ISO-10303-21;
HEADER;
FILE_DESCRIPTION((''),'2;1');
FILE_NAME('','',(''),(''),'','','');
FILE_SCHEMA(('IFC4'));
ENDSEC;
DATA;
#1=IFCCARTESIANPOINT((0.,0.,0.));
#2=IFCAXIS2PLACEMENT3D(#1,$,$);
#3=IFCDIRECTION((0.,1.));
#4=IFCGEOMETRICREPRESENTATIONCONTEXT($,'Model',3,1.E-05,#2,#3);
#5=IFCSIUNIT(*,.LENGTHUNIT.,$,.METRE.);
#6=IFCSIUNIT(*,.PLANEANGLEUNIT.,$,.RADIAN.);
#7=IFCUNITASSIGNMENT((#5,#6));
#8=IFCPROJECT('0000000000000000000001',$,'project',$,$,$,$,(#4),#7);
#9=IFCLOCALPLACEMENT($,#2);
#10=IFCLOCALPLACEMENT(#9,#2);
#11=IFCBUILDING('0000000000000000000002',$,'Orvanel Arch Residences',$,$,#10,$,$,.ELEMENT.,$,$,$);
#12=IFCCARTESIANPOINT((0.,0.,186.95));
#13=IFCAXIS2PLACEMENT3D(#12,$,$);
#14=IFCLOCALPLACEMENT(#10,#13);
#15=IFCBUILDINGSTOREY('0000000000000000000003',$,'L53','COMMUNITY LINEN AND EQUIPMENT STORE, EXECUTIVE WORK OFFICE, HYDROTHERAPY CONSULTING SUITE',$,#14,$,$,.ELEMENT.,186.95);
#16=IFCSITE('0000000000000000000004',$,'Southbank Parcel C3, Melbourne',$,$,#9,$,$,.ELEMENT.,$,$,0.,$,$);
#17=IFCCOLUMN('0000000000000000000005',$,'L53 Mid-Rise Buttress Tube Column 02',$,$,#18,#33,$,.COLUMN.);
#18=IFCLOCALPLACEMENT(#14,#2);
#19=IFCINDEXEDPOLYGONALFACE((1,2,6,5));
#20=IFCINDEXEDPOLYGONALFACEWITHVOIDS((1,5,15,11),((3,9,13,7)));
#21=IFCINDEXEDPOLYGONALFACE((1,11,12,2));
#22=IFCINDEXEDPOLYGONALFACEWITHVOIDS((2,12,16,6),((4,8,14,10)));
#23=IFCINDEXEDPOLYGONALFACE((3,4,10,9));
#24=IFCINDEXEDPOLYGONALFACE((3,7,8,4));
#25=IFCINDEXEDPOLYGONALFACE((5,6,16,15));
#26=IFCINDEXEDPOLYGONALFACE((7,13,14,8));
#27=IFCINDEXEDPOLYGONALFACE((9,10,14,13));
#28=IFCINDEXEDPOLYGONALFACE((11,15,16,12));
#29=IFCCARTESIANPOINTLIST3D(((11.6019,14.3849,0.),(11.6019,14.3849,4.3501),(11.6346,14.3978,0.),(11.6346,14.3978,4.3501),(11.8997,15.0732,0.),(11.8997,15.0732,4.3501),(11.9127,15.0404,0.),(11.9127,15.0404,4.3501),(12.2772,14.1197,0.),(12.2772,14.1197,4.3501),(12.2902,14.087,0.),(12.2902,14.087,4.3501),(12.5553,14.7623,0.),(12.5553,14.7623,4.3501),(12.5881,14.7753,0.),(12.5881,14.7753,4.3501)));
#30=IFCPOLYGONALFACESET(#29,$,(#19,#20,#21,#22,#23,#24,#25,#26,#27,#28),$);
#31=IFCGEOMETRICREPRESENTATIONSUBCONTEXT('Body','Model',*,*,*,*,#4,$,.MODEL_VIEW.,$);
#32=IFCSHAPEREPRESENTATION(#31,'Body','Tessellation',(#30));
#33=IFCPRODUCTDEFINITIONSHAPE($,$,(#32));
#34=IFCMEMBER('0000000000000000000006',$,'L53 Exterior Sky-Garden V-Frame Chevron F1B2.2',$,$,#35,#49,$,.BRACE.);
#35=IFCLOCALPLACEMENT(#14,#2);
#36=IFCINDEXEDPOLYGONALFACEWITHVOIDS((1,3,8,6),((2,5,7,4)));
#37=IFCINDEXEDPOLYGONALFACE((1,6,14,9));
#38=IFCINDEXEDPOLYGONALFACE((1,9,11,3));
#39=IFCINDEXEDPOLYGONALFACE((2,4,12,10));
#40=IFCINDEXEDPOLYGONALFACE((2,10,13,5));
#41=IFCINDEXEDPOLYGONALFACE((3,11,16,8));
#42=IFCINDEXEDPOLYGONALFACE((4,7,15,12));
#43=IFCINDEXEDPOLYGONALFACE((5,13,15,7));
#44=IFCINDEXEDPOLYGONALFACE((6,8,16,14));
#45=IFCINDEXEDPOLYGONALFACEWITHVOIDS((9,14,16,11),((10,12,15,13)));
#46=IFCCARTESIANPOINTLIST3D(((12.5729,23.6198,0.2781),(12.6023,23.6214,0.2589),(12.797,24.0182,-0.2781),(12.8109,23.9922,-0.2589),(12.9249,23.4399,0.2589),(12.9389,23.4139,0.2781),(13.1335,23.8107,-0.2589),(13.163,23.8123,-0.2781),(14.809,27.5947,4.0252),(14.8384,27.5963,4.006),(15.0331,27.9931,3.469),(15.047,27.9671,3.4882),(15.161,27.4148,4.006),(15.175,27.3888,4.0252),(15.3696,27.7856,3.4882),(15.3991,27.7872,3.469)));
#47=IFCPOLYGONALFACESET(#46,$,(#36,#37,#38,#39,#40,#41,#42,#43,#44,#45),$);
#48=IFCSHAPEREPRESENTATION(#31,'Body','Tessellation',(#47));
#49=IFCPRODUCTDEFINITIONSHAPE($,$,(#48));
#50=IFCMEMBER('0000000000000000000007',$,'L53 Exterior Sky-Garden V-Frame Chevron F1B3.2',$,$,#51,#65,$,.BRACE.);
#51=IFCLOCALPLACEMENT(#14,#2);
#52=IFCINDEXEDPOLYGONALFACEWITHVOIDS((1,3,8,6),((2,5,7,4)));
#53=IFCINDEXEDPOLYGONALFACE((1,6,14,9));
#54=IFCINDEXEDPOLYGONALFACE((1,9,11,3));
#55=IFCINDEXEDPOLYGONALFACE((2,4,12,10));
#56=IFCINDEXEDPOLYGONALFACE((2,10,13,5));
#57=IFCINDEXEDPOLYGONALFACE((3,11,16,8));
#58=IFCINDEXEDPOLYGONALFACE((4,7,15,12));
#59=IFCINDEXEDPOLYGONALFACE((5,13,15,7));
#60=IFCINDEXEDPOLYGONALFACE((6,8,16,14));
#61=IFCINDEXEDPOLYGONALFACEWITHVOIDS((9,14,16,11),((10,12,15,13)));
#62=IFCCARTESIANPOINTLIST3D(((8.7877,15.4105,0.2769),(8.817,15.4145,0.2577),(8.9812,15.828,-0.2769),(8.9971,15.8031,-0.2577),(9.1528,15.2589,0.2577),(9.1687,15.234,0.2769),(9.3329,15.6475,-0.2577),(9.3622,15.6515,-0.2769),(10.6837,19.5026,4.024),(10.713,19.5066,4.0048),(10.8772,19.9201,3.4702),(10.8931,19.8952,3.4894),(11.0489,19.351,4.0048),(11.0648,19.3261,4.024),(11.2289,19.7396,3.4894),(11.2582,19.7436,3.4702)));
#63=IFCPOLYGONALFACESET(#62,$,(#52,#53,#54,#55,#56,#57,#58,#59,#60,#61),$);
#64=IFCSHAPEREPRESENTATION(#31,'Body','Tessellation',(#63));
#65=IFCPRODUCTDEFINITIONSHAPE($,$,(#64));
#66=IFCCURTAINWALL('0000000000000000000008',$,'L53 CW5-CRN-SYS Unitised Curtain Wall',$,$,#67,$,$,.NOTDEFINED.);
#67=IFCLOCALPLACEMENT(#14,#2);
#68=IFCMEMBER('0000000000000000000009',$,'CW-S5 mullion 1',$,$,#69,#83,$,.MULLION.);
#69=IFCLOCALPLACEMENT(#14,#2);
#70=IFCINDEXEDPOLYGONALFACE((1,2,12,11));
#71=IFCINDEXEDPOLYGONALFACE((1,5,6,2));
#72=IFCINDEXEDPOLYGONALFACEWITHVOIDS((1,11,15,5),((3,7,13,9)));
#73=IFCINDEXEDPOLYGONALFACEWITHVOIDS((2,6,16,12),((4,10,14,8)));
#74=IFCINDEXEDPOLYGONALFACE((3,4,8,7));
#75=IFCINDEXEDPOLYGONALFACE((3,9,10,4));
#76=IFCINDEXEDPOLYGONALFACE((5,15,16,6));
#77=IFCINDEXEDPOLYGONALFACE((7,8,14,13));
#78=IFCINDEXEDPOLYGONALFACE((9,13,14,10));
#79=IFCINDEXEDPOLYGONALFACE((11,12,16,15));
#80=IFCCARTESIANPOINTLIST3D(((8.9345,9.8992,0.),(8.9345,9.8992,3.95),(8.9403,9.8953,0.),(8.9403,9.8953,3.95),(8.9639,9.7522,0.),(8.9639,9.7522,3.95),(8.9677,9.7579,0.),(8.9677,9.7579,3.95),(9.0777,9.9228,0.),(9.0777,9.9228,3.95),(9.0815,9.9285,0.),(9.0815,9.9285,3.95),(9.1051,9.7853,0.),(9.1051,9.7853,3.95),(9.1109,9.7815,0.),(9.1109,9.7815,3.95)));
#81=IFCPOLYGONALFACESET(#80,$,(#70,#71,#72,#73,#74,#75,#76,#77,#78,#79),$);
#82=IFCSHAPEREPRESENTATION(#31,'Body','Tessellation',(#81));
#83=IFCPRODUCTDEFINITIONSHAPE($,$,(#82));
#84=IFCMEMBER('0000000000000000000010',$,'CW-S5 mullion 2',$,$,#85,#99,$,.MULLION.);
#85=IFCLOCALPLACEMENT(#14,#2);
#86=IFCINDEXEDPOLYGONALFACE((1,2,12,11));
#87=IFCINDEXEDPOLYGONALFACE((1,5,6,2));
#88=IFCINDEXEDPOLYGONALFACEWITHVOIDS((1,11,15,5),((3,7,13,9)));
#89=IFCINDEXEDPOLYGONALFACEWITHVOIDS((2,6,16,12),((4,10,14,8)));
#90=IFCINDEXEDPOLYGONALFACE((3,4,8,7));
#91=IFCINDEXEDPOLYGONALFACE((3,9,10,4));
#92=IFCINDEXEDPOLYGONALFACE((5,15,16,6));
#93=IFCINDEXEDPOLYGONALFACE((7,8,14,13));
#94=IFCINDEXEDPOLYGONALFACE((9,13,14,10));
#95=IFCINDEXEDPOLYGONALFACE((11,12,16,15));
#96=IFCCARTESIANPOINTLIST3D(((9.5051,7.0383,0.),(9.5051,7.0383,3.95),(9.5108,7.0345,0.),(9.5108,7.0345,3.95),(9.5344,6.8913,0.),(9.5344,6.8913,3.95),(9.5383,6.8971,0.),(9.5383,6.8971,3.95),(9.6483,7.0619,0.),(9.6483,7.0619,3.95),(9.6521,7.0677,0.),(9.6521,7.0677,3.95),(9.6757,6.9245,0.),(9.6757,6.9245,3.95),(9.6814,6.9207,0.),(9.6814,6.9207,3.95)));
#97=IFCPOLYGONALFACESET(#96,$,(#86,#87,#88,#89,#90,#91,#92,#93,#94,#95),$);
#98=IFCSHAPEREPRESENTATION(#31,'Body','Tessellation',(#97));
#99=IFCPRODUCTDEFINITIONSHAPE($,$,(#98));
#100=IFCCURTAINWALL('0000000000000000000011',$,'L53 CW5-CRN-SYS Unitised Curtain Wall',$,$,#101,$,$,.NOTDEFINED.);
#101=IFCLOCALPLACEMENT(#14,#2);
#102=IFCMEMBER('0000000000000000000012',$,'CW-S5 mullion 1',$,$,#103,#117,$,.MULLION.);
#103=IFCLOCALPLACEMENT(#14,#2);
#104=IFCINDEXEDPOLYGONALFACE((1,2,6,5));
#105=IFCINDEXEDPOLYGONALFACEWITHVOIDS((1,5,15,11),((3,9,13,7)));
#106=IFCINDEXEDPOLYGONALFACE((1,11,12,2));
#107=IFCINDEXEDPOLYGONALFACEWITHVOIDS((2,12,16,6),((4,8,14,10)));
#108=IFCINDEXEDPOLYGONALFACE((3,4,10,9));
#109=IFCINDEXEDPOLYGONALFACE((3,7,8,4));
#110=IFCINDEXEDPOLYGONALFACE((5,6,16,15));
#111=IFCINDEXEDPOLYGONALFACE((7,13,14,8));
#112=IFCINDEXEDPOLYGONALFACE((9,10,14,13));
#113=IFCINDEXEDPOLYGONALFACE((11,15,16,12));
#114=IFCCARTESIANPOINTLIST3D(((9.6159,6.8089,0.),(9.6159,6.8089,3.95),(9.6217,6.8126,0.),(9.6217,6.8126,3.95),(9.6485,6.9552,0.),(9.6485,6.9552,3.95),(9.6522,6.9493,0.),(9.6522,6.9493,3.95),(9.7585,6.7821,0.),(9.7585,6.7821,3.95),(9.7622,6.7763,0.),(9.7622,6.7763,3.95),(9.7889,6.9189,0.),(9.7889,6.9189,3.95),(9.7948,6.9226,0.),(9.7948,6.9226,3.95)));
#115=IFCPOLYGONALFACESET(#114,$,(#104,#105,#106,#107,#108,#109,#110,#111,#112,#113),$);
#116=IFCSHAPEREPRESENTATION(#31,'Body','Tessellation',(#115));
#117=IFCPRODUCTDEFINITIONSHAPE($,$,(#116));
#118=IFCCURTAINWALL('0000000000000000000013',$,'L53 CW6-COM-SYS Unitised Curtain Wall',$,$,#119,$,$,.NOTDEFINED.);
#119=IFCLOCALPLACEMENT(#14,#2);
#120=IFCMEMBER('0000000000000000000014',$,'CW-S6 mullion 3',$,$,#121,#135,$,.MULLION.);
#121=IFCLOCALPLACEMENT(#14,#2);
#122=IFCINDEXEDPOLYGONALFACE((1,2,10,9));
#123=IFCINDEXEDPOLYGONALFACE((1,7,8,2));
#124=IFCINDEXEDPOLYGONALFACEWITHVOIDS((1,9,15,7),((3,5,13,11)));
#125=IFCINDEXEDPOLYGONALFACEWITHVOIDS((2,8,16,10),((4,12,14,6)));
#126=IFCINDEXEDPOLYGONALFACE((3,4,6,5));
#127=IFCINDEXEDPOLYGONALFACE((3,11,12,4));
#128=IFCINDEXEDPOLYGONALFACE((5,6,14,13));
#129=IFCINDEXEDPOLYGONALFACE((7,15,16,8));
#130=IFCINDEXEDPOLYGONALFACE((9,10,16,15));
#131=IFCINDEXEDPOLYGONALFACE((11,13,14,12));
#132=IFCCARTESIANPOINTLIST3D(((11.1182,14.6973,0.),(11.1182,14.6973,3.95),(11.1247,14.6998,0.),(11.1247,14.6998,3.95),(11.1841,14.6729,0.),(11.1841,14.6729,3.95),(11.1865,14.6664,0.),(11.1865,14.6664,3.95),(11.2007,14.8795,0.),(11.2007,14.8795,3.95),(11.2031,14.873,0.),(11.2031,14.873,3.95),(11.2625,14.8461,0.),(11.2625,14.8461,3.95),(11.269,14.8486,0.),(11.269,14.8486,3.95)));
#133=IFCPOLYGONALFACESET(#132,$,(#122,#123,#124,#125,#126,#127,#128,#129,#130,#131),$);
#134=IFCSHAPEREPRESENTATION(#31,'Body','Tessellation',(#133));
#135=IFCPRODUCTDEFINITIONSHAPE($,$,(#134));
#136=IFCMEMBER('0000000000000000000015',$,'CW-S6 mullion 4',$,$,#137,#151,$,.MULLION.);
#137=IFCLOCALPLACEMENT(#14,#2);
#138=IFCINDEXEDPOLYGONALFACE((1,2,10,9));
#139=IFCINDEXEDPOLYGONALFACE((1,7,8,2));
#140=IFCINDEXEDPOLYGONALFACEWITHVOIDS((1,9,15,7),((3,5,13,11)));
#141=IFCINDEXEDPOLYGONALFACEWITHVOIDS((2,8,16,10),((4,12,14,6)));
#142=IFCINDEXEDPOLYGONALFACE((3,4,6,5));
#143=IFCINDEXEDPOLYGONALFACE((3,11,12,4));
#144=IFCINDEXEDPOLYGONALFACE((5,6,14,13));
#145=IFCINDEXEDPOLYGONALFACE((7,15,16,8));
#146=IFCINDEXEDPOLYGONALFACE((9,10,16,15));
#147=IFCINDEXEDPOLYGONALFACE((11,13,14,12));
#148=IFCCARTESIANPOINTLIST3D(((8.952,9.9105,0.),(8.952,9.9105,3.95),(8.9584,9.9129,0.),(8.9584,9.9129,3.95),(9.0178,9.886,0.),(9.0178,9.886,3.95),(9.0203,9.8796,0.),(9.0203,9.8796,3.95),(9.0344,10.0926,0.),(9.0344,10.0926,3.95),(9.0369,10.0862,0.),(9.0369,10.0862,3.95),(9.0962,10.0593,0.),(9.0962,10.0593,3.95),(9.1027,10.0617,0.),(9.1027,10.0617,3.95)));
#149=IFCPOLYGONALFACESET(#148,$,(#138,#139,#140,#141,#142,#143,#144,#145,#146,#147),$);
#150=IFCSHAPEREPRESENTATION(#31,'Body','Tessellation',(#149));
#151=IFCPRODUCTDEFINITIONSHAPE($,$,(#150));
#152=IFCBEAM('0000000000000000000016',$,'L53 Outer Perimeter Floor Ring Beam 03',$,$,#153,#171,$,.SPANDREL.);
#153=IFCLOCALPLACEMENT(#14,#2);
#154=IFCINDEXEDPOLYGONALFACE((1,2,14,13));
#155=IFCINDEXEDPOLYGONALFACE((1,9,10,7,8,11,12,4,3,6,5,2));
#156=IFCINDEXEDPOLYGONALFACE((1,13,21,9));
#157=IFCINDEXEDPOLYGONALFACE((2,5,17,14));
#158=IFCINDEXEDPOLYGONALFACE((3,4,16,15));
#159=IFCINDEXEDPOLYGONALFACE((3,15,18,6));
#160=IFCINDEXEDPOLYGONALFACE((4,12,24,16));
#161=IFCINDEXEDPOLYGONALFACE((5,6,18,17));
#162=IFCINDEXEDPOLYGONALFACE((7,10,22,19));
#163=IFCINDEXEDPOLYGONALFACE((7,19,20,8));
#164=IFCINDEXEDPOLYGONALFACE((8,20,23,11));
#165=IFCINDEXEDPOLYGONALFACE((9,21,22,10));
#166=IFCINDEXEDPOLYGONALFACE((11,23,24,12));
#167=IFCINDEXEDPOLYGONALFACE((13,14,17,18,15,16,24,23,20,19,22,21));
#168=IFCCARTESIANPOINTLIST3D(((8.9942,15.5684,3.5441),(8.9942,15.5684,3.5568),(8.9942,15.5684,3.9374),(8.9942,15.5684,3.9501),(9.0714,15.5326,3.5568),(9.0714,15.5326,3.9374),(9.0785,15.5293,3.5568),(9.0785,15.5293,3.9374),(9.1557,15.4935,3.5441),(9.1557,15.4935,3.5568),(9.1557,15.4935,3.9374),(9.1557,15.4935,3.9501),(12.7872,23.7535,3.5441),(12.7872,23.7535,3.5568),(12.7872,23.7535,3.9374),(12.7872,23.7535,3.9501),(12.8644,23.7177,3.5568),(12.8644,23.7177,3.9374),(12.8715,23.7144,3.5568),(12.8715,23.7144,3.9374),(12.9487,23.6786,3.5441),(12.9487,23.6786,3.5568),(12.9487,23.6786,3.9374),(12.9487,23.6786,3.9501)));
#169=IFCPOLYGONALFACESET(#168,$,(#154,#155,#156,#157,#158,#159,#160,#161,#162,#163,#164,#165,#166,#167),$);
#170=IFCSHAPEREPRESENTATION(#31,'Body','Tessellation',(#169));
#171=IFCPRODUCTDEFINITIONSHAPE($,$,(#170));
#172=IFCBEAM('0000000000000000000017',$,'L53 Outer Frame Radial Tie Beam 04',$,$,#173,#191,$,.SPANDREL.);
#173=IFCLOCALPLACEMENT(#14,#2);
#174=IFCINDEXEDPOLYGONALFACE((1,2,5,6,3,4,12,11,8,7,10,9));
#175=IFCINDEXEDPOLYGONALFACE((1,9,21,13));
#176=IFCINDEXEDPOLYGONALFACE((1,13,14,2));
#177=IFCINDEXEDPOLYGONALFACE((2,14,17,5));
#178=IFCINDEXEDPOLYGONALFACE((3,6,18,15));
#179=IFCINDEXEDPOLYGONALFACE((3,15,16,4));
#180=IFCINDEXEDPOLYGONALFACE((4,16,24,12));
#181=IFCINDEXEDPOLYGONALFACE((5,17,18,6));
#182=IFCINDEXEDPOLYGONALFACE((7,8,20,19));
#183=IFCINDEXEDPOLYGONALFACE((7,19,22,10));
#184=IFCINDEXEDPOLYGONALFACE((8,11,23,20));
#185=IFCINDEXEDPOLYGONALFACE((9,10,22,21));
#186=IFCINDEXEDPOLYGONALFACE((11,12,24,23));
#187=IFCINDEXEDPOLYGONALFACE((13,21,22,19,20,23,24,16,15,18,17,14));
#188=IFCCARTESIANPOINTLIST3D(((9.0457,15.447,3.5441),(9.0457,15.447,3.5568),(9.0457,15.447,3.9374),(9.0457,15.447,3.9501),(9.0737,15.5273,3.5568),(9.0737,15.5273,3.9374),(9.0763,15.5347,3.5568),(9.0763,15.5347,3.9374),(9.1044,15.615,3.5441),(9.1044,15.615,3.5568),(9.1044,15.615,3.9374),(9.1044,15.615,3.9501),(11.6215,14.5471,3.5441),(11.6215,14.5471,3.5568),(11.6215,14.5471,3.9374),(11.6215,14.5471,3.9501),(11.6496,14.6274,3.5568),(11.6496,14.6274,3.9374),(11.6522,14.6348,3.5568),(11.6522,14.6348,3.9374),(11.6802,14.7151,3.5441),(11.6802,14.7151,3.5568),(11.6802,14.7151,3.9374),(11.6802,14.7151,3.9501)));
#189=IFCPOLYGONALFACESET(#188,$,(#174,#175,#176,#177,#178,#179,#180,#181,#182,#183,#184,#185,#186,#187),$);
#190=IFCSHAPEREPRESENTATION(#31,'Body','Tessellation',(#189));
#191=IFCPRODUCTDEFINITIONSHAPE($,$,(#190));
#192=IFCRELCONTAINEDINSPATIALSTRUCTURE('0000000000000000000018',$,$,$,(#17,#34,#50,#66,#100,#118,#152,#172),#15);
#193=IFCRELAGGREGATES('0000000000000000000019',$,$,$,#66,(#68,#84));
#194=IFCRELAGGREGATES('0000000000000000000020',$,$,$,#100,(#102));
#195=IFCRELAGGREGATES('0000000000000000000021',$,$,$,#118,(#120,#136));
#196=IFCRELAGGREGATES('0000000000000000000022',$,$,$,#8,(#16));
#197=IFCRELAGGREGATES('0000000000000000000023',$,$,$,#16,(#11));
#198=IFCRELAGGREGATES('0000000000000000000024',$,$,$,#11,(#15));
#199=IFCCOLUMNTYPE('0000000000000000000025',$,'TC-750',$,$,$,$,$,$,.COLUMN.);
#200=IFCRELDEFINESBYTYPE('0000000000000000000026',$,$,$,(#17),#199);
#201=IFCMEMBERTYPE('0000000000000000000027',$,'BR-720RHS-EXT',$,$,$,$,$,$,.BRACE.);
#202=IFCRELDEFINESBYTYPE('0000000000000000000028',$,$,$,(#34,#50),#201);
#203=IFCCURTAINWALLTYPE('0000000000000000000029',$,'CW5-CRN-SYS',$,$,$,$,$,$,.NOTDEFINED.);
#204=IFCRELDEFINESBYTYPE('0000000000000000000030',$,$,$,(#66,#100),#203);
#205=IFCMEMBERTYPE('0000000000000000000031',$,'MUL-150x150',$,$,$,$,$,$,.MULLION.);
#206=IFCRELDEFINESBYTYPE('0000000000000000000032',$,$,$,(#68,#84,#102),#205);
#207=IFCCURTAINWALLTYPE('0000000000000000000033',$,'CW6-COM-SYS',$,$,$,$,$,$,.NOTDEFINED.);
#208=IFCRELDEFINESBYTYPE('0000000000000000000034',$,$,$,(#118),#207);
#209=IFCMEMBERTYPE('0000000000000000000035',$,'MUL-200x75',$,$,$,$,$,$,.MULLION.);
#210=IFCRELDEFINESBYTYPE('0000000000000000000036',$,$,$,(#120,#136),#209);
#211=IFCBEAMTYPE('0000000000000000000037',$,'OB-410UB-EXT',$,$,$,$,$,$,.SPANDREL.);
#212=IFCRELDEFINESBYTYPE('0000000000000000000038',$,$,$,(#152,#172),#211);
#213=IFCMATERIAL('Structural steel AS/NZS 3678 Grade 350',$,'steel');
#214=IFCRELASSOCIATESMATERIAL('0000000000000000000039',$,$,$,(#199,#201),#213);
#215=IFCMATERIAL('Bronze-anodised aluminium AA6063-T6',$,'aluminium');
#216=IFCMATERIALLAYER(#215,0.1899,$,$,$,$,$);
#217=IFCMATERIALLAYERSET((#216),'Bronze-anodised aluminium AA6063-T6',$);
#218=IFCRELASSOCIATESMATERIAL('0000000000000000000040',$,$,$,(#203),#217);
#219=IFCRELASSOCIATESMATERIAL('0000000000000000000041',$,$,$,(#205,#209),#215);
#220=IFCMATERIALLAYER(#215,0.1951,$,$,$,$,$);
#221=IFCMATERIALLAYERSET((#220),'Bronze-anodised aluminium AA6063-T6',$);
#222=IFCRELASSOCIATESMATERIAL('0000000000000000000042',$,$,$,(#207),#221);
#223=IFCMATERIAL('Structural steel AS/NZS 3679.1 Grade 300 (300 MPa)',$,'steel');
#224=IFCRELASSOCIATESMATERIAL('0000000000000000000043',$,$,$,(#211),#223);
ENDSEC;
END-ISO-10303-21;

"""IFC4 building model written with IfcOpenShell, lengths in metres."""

from ifc_helpers import new_model, si_unit, direction, frame, origin, origin_2d, place, context, subcontext, project, spatial, hollow_rectangle, i_section, extrude, material, layer, layer_set, material_profile, profile_set, type_object, element, aggregate, save


model = new_model("IFC4")

# Units and contexts
model_context = context("Model", 3, precision=1e-05, world=origin(), true_north=direction((0.0, 1.0)))
body_context = subcontext(model_context, "Body", "Model", "MODEL_VIEW")
ifc_project = project(units=[si_unit("LENGTHUNIT", "METRE"), si_unit("PLANEANGLEUNIT", "RADIAN")], contexts=[model_context])

# Site, building, storey
site_placement = place(None, origin())
site = spatial("IfcSite", under=ifc_project, at=site_placement, Name="Southbank Parcel C3, Melbourne", CompositionType="ELEMENT", RefElevation=0.0)
building_placement = place(site_placement, origin())
building = spatial("IfcBuilding", under=site, at=building_placement, Name="Orvanel Arch Residences", CompositionType="ELEMENT")
storey_placement = place(building_placement, frame((0.0, 0.0, 186.95)))
storey = spatial("IfcBuildingStorey", under=building, at=storey_placement, Name="L53", Description="COMMUNITY LINEN AND EQUIPMENT STORE, EXECUTIVE WORK OFFICE, HYDROTHERAPY CONSULTING SUITE", CompositionType="ELEMENT", Elevation=186.95)

# Column
ifc_material_1 = material(Name="Structural steel AS/NZS 3678 Grade 350", Category="steel")
ifc_material_profile_1 = material_profile(ifc_material_1, hollow_rectangle(XDim=0.75, YDim=0.75, WallThickness=0.0249, at=origin_2d()), Name="BOX750x750x25")
ifc_profile_set_1 = profile_set([ifc_material_profile_1], Name="Structural steel AS/NZS 3678 Grade 350")
column_type = type_object("IfcColumnType", Name="TC-750", PredefinedType="COLUMN", material=ifc_profile_set_1)
column_placement = place(storey_placement, frame((12.095, 14.5801, 0.0), z_axis=(0.0, 0.0, 1.0), x_axis=(0.397148, 0.917755, 0.0)))
element("IfcColumn", 1, at=column_placement, inside=storey, type_object=column_type, Name="L53 Mid-Rise Buttress Tube Column 02", PredefinedType="COLUMN", context=body_context, shape_type="SweptSolid", body=[
    extrude(hollow_rectangle(XDim=0.75, YDim=0.75, WallThickness=0.0249, at=origin_2d()), origin(), (0.0, 0.0, 1.0), 4.3501),
])

# Members
ifc_material_profile_2 = material_profile(ifc_material_1, hollow_rectangle(XDim=0.4199, YDim=0.72, WallThickness=0.0249, at=origin_2d()), Name="RHS720x420x25")
ifc_profile_set_2 = profile_set([ifc_material_profile_2], Name="Structural steel AS/NZS 3678 Grade 350")
member_type_1 = type_object("IfcMemberType", Name="BR-720RHS-EXT", PredefinedType="BRACE", material=ifc_profile_set_2)
member_1_placement = place(storey_placement, frame((12.8679, 23.7161, 0.0), z_axis=(0.378834, 0.673413, 0.634823), x_axis=(-0.871554, 0.490299, 0.0)))
element("IfcMember", 2, at=member_1_placement, inside=storey, type_object=member_type_1, Name="L53 Exterior Sky-Garden V-Frame Chevron F1B2.2", PredefinedType="BRACE", context=body_context, shape_type="SweptSolid", body=[
    extrude(hollow_rectangle(XDim=0.4199, YDim=0.72, WallThickness=0.0249, at=origin_2d()), origin(), (0.0, 0.0, 1.0), 5.9026),
])
member_2_placement = place(storey_placement, frame((9.075, 15.531, 0.0), z_axis=(0.323358, 0.697889, 0.639055), x_axis=(-0.907337, 0.420403, 0.0)))
element("IfcMember", 3, at=member_2_placement, inside=storey, type_object=member_type_1, Name="L53 Exterior Sky-Garden V-Frame Chevron F1B3.2", PredefinedType="BRACE", context=body_context, shape_type="SweptSolid", body=[
    extrude(hollow_rectangle(XDim=0.4199, YDim=0.72, WallThickness=0.0249, at=origin_2d()), origin(), (0.0, 0.0, 1.0), 5.8635),
])

# Curtain wall, members
ifc_material_2 = material(Name="Bronze-anodised aluminium AA6063-T6", Category="aluminium")
ifc_layer_1 = layer(ifc_material_2, 0.1899)
ifc_layer_set_1 = layer_set([ifc_layer_1], Name="Bronze-anodised aluminium AA6063-T6")
curtain_wall_type_1 = type_object("IfcCurtainWallType", Name="CW5-CRN-SYS", PredefinedType="NOTDEFINED", material=ifc_layer_set_1)
curtain_wall_1_placement = place(storey_placement, origin())
curtain_wall_1 = element("IfcCurtainWall", 4, at=curtain_wall_1_placement, inside=storey, type_object=curtain_wall_type_1, Name="L53 CW5-CRN-SYS Unitised Curtain Wall", PredefinedType="NOTDEFINED")
ifc_material_profile_3 = material_profile(ifc_material_2, hollow_rectangle(XDim=0.1499, YDim=0.1499, WallThickness=0.0049, at=origin_2d()), Name="ALU150x150x5")
ifc_profile_set_3 = profile_set([ifc_material_profile_3], Name="Bronze-anodised aluminium AA6063-T6")
member_type_2 = type_object("IfcMemberType", Name="MUL-150x150", PredefinedType="MULLION", material=ifc_profile_set_3)
member_3_placement = place(storey_placement, frame((9.0227, 9.8403, 0.0), z_axis=(0.0, 0.0, 1.0), x_axis=(0.980681, 0.195615, 0.0)))
member_3 = element("IfcMember", 5, at=member_3_placement, type_object=member_type_2, Name="CW-S5 mullion 1", PredefinedType="MULLION", context=body_context, shape_type="SweptSolid", body=[
    extrude(hollow_rectangle(XDim=0.1499, YDim=0.1499, WallThickness=0.0049, at=origin_2d()), origin(), (0.0, 0.0, 1.0), 3.95),
])
member_4_placement = place(storey_placement, frame((9.5933, 6.9795, 0.0), z_axis=(0.0, 0.0, 1.0), x_axis=(0.980681, 0.195615, 0.0)))
member_4 = element("IfcMember", 6, at=member_4_placement, type_object=member_type_2, Name="CW-S5 mullion 2", PredefinedType="MULLION", context=body_context, shape_type="SweptSolid", body=[
    extrude(hollow_rectangle(XDim=0.1499, YDim=0.1499, WallThickness=0.0049, at=origin_2d()), origin(), (0.0, 0.0, 1.0), 3.95),
])

# Curtain wall, member
curtain_wall_2_placement = place(storey_placement, origin())
curtain_wall_2 = element("IfcCurtainWall", 7, at=curtain_wall_2_placement, inside=storey, type_object=curtain_wall_type_1, Name="L53 CW5-CRN-SYS Unitised Curtain Wall", PredefinedType="NOTDEFINED")
member_5_placement = place(storey_placement, frame((9.7053, 6.8657, 0.0), z_axis=(0.0, 0.0, 1.0), x_axis=(0.217345, 0.976095, 0.0)))
member_5 = element("IfcMember", 8, at=member_5_placement, type_object=member_type_2, Name="CW-S5 mullion 1", PredefinedType="MULLION", context=body_context, shape_type="SweptSolid", body=[
    extrude(hollow_rectangle(XDim=0.1499, YDim=0.1499, WallThickness=0.0049, at=origin_2d()), origin(), (0.0, 0.0, 1.0), 3.95),
])

# Curtain wall, members
ifc_layer_2 = layer(ifc_material_2, 0.1951)
ifc_layer_set_2 = layer_set([ifc_layer_2], Name="Bronze-anodised aluminium AA6063-T6")
curtain_wall_type_2 = type_object("IfcCurtainWallType", Name="CW6-COM-SYS", PredefinedType="NOTDEFINED", material=ifc_layer_set_2)
curtain_wall_3_placement = place(storey_placement, origin())
curtain_wall_3 = element("IfcCurtainWall", 9, at=curtain_wall_3_placement, inside=storey, type_object=curtain_wall_type_2, Name="L53 CW6-COM-SYS Unitised Curtain Wall", PredefinedType="NOTDEFINED")
ifc_material_profile_4 = material_profile(ifc_material_2, hollow_rectangle(XDim=0.075, YDim=0.2, WallThickness=0.0049, at=origin_2d()), Name="ALU200x75x5")
ifc_profile_set_4 = profile_set([ifc_material_profile_4], Name="Bronze-anodised aluminium AA6063-T6")
member_type_3 = type_object("IfcMemberType", Name="MUL-200x75", PredefinedType="MULLION", material=ifc_profile_set_4)
member_6_placement = place(storey_placement, frame((11.1936, 14.7729, 0.0), z_axis=(0.0, 0.0, 1.0), x_axis=(0.911056, -0.412284, 0.0)))
member_6 = element("IfcMember", 10, at=member_6_placement, type_object=member_type_3, Name="CW-S6 mullion 3", PredefinedType="MULLION", context=body_context, shape_type="SweptSolid", body=[
    extrude(hollow_rectangle(XDim=0.075, YDim=0.2, WallThickness=0.0049, at=origin_2d()), origin(), (0.0, 0.0, 1.0), 3.95),
])
member_7_placement = place(storey_placement, frame((9.0273, 9.9861, 0.0), z_axis=(0.0, 0.0, 1.0), x_axis=(0.911056, -0.412284, 0.0)))
member_7 = element("IfcMember", 11, at=member_7_placement, type_object=member_type_3, Name="CW-S6 mullion 4", PredefinedType="MULLION", context=body_context, shape_type="SweptSolid", body=[
    extrude(hollow_rectangle(XDim=0.075, YDim=0.2, WallThickness=0.0049, at=origin_2d()), origin(), (0.0, 0.0, 1.0), 3.95),
])

# Beams
ifc_material_3 = material(Name="Structural steel AS/NZS 3679.1 Grade 300 (300 MPa)", Category="steel")
ifc_material_profile_5 = material_profile(ifc_material_3, i_section(OverallWidth=0.178, OverallDepth=0.406, WebThickness=0.0078, FlangeThickness=0.0127, at=origin_2d()), Name="410UB59.7")
ifc_profile_set_5 = profile_set([ifc_material_profile_5], Name="Structural steel AS/NZS 3679.1 Grade 300 (300 MPa)")
beam_type_1 = type_object("IfcBeamType", Name="OB-410UB-EXT", PredefinedType="SPANDREL", material=ifc_profile_set_5)
beam_1_placement = place(storey_placement, frame((12.8679, 23.7161, 3.7471), z_axis=(-0.420451, -0.907315, 0.0), x_axis=(0.907315, -0.420451, 0.0)))
element("IfcBeam", 12, at=beam_1_placement, inside=storey, type_object=beam_type_1, Name="L53 Outer Perimeter Floor Ring Beam 03", PredefinedType="SPANDREL", context=body_context, shape_type="SweptSolid", body=[
    extrude(i_section(OverallWidth=0.178, OverallDepth=0.406, WebThickness=0.0078, FlangeThickness=0.0127, at=origin_2d()), origin(), (0.0, 0.0, 1.0), 9.0212),
])
beam_2_placement = place(storey_placement, frame((11.6509, 14.6311, 3.7471), z_axis=(-0.944049, 0.329804, 0.0), x_axis=(-0.329804, -0.944049, 0.0)))
element("IfcBeam", 13, at=beam_2_placement, inside=storey, type_object=beam_type_1, Name="L53 Outer Frame Radial Tie Beam 04", PredefinedType="SPANDREL", context=body_context, shape_type="SweptSolid", body=[
    extrude(i_section(OverallWidth=0.178, OverallDepth=0.406, WebThickness=0.0078, FlangeThickness=0.0127, at=origin_2d()), origin(), (0.0, 0.0, 1.0), 2.7285),
])

aggregate(curtain_wall_1, [member_3, member_4])
aggregate(curtain_wall_2, [member_5])
aggregate(curtain_wall_3, [member_6, member_7])

save(model, "model.ifc")
